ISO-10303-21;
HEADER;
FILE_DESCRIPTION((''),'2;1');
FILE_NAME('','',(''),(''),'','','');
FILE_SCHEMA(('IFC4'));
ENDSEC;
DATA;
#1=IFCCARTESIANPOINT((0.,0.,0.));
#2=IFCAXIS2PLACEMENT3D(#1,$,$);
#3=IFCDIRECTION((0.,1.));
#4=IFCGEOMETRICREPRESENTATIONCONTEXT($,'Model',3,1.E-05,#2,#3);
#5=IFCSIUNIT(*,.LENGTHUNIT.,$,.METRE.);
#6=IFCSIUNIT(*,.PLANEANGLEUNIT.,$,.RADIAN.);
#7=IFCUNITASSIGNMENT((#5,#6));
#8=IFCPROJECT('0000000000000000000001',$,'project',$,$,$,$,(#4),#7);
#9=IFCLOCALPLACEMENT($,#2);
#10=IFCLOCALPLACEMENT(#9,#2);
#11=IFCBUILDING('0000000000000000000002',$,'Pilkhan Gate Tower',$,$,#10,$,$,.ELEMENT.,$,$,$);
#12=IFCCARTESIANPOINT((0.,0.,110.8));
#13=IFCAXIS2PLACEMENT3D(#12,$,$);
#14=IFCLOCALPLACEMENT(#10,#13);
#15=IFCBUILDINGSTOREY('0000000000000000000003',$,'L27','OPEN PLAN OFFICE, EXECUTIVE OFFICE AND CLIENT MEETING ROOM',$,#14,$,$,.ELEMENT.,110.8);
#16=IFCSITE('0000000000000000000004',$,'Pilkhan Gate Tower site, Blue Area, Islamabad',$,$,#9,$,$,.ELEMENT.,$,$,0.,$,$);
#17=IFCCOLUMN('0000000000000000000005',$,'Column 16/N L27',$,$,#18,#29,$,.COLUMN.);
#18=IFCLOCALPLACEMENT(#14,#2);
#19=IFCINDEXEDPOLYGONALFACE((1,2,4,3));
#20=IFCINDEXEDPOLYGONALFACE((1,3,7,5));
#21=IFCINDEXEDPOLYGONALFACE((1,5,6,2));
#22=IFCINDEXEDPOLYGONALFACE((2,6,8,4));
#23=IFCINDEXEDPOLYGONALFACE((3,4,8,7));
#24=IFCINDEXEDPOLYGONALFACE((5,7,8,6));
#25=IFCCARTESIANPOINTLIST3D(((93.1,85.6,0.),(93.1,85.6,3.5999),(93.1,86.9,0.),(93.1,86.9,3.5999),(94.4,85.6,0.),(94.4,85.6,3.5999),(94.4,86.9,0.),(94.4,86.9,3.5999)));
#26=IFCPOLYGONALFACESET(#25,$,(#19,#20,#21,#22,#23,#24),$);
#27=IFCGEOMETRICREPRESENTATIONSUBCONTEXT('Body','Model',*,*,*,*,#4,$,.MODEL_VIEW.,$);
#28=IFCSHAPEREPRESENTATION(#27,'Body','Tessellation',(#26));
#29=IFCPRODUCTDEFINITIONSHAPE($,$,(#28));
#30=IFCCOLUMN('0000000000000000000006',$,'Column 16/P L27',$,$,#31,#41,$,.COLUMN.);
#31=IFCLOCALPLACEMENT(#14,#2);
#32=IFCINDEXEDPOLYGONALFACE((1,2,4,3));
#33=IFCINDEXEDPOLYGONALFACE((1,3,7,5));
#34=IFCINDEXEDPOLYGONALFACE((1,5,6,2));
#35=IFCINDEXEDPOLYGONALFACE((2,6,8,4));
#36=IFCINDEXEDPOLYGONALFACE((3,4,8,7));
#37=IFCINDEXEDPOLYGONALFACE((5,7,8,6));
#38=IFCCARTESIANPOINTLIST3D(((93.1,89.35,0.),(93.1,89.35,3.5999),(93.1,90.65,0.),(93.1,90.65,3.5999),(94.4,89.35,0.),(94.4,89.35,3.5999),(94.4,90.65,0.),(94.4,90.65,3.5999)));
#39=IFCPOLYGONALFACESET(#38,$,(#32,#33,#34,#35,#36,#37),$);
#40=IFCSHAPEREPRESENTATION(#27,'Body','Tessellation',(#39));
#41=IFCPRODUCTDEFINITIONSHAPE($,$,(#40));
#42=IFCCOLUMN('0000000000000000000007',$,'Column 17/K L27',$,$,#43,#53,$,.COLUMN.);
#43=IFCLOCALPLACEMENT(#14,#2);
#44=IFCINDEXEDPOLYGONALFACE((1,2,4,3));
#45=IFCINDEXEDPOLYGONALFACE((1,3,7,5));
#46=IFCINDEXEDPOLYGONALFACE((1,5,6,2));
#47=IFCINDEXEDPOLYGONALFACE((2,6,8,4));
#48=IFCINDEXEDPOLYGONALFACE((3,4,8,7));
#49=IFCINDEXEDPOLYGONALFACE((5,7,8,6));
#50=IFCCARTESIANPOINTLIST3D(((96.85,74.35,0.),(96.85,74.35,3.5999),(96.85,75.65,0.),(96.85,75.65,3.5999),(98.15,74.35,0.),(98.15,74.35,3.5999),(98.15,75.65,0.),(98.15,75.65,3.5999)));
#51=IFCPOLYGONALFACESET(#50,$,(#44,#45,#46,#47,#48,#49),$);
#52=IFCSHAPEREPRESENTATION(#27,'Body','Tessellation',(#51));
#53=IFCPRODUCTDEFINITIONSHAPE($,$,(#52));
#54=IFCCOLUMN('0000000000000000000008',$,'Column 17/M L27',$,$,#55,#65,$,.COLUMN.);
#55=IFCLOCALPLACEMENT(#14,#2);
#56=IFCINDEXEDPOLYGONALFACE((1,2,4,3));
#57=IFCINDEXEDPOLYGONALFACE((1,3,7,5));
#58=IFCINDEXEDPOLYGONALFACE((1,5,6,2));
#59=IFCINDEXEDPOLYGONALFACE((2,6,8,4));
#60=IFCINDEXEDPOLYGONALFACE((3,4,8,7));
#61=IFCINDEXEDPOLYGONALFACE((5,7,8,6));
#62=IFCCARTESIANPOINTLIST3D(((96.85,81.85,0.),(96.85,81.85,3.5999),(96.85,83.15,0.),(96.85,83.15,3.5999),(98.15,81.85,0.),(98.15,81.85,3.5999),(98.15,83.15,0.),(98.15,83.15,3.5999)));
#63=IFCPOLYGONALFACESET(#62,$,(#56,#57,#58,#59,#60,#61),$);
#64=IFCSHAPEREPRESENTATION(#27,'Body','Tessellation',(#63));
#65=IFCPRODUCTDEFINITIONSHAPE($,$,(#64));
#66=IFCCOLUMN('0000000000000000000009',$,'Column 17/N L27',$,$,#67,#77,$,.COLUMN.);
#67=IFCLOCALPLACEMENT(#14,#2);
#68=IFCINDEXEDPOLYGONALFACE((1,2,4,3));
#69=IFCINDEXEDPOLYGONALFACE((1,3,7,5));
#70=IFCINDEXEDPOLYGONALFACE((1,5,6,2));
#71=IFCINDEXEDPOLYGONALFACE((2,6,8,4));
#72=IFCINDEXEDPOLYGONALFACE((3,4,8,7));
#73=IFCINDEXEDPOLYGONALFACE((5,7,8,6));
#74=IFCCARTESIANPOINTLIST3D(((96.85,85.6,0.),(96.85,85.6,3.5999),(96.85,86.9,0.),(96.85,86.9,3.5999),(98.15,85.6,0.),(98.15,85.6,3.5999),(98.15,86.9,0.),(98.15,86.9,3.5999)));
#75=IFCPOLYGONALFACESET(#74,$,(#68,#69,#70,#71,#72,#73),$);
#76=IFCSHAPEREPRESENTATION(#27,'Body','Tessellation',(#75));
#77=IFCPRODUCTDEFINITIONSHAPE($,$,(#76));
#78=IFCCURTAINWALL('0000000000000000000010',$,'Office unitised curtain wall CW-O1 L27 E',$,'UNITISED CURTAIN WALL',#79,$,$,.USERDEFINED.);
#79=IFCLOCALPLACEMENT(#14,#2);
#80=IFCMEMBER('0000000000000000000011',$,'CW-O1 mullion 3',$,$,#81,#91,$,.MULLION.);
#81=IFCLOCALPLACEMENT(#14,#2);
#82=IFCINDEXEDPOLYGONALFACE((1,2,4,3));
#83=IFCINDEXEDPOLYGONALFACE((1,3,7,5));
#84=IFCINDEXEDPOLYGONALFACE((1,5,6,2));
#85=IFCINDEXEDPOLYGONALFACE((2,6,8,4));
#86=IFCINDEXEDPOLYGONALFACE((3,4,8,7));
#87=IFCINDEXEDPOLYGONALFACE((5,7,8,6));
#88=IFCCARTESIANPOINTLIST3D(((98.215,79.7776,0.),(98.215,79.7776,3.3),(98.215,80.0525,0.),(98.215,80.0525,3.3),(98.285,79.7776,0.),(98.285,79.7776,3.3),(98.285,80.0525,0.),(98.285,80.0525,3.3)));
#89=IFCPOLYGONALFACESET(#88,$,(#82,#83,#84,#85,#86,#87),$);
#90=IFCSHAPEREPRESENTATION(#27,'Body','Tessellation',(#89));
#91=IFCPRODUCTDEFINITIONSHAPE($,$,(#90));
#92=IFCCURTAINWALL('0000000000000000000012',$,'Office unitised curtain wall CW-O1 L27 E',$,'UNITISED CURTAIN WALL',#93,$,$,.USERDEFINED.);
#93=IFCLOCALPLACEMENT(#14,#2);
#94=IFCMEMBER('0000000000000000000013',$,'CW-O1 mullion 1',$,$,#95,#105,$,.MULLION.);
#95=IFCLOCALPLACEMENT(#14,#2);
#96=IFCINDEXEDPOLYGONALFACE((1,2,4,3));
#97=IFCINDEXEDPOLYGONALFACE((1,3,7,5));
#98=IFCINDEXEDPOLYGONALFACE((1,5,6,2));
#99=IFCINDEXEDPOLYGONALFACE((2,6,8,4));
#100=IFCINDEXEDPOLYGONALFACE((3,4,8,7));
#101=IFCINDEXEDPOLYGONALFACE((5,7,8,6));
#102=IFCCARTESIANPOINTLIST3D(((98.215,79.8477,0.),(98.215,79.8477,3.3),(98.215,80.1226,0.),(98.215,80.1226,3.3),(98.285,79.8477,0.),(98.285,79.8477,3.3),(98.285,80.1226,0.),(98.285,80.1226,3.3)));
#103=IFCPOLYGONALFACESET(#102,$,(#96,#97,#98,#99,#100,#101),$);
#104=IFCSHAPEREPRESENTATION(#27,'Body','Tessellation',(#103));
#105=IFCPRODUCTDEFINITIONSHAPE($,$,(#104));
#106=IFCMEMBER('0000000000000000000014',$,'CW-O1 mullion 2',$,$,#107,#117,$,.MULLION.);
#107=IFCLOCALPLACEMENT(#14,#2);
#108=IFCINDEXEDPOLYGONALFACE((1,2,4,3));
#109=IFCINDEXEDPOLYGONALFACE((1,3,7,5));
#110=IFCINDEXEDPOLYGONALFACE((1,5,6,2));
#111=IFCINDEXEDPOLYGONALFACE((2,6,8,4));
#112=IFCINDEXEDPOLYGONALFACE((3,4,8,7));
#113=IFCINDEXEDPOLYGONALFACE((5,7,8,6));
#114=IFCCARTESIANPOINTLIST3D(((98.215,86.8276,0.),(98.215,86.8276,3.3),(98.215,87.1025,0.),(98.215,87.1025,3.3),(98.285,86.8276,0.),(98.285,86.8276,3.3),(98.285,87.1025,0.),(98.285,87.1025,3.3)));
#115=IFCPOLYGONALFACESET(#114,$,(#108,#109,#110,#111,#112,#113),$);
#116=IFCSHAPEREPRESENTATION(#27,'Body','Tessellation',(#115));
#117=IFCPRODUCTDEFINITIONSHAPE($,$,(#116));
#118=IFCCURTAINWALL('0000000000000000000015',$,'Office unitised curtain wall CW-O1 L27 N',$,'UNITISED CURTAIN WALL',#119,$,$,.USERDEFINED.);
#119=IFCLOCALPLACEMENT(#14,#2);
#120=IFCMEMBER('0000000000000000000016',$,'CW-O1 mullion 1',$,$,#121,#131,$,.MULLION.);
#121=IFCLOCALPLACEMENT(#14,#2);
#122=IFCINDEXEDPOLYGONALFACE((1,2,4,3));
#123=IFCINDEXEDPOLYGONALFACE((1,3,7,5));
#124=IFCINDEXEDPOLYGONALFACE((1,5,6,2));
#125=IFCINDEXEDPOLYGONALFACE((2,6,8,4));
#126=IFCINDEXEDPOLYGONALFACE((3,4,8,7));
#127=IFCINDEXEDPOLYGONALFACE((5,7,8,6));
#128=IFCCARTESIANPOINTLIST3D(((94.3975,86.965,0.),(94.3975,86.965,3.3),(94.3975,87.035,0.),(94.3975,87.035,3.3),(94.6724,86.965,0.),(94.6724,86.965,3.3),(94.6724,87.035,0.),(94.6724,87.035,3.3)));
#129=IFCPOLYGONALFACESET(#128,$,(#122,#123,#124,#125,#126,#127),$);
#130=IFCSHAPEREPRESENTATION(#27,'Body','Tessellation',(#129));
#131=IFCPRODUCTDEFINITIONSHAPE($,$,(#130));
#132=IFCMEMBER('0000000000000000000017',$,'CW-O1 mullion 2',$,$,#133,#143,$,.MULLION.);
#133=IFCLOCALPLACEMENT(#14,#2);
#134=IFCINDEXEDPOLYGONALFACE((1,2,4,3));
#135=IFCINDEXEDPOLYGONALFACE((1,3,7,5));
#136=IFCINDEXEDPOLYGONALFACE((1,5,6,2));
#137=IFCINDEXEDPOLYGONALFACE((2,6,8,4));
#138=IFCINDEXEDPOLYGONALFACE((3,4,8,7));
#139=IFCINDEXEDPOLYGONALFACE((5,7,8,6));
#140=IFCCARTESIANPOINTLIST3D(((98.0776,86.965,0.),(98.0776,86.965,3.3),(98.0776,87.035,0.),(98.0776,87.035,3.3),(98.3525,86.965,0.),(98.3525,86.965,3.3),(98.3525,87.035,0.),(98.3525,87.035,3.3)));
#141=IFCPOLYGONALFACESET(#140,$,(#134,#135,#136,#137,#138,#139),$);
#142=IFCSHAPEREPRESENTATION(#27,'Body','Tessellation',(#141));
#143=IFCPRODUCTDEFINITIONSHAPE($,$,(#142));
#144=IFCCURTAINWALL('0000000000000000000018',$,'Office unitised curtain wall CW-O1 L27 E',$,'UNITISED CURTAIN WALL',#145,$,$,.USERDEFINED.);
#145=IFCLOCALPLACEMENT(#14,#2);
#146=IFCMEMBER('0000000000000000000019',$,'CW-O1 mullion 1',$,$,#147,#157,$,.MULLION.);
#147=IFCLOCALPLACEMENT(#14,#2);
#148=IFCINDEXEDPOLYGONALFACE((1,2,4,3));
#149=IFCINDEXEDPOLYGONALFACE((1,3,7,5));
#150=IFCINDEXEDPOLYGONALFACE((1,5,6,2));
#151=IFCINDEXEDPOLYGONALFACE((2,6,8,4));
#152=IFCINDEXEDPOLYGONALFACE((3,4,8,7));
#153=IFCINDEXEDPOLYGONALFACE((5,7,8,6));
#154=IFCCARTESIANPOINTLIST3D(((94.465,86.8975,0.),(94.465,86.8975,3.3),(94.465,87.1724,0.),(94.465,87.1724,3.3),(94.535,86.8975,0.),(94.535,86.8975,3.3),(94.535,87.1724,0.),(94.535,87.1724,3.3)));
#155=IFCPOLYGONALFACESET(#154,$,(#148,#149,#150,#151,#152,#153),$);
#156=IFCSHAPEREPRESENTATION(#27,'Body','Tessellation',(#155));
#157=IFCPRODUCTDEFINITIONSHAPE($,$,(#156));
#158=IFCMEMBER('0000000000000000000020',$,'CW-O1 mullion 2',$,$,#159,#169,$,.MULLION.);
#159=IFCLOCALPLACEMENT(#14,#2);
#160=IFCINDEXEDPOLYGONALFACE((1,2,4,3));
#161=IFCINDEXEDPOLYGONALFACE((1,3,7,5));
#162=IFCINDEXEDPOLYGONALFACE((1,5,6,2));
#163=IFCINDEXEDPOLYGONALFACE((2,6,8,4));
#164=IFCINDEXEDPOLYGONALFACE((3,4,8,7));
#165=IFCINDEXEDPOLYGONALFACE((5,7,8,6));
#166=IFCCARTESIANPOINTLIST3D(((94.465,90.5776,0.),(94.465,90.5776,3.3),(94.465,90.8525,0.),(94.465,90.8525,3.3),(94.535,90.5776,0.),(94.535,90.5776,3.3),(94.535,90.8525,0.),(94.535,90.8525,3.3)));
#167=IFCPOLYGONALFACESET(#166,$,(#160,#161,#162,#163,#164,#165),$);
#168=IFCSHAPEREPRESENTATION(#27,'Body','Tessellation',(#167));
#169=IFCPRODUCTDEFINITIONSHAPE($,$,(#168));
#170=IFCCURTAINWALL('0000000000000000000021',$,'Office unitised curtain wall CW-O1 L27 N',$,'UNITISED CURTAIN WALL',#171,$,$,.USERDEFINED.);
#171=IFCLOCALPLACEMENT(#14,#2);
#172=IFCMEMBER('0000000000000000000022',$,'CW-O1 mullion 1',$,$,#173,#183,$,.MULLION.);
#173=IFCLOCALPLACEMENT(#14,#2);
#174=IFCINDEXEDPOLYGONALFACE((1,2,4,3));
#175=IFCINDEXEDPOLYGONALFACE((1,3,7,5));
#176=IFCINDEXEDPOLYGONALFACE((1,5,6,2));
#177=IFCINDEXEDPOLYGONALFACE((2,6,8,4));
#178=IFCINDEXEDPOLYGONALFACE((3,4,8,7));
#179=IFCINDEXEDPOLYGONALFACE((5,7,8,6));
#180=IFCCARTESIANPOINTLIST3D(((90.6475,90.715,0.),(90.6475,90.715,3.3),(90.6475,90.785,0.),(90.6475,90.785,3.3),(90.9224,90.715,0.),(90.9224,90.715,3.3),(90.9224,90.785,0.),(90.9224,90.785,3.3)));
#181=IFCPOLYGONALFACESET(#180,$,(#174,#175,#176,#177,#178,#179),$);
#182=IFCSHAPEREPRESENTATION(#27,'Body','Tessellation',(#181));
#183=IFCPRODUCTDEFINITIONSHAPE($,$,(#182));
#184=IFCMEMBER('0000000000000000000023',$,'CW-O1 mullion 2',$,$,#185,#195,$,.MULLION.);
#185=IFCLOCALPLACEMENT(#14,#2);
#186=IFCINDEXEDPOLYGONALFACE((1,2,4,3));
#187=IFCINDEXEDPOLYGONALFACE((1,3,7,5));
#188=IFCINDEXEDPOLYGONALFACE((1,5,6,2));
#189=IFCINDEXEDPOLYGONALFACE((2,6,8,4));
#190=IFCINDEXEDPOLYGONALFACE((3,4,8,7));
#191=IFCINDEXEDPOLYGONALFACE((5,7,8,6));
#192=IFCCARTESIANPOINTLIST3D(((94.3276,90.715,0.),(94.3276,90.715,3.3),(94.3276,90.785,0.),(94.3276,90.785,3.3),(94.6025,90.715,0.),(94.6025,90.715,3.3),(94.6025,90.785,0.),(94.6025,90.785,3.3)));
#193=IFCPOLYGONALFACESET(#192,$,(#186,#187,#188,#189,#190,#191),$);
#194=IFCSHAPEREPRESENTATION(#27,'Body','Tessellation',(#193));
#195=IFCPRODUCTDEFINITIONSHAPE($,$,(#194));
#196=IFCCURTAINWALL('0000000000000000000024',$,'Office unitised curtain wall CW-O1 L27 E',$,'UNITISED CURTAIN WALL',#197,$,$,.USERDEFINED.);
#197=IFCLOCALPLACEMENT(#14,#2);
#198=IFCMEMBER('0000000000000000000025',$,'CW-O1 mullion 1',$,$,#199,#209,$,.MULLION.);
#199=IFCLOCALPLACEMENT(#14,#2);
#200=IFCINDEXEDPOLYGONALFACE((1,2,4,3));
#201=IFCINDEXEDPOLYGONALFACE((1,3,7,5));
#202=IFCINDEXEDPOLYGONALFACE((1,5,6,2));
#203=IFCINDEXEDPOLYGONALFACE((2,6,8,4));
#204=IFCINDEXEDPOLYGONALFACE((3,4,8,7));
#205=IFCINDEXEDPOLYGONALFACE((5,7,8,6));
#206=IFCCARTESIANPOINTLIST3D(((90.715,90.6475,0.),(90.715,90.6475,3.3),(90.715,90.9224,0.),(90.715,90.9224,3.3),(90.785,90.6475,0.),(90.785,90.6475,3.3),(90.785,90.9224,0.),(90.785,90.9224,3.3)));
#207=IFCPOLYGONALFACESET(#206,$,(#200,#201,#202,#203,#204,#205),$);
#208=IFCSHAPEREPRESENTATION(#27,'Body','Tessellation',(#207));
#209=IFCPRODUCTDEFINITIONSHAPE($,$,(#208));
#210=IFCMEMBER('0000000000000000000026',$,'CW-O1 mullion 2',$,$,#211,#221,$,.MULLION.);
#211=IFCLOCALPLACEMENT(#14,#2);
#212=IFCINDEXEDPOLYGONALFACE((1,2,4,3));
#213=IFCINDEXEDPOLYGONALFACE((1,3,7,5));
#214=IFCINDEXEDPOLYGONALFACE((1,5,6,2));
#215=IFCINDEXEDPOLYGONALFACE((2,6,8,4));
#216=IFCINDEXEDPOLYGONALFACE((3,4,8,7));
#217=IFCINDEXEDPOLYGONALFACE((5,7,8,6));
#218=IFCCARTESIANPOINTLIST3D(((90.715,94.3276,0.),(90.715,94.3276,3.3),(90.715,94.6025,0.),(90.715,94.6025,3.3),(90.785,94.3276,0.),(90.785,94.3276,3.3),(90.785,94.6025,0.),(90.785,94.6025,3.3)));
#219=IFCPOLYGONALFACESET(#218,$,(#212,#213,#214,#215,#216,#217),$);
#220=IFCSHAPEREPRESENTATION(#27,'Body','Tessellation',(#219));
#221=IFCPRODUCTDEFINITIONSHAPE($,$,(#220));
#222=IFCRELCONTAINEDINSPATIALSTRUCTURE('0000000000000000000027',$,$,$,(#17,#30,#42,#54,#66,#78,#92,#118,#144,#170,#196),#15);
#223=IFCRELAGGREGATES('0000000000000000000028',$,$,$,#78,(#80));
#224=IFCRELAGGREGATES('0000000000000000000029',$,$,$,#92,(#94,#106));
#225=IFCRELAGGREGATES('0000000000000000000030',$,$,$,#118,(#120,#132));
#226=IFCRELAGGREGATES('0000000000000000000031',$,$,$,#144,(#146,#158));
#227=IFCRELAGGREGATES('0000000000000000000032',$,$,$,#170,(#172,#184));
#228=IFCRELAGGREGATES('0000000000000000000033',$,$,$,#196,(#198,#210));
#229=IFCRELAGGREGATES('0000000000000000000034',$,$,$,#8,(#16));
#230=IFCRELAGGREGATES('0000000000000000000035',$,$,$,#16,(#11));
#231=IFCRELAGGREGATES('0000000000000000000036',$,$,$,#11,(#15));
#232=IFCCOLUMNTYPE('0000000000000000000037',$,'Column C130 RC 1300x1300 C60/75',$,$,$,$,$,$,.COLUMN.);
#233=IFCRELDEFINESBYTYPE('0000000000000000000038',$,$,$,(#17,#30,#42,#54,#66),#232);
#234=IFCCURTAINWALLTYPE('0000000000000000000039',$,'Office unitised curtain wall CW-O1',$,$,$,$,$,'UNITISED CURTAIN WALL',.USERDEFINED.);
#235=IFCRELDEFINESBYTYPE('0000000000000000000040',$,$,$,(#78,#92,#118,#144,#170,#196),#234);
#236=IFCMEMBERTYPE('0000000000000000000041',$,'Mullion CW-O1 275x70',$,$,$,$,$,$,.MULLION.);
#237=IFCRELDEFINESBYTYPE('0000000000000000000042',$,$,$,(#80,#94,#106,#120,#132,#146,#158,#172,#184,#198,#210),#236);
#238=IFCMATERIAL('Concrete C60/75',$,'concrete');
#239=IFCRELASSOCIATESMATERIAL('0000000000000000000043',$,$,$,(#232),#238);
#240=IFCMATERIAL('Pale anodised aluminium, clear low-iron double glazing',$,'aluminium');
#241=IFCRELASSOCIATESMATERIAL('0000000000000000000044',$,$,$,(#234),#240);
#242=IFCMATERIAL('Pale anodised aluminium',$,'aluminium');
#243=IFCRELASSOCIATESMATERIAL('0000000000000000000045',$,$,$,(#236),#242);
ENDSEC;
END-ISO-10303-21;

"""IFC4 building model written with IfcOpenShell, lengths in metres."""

from ifc_helpers import new_model, si_unit, direction, frame, origin, origin_2d, place, context, subcontext, project, spatial, rectangle, extrude, material, material_profile, profile_set, type_object, element, aggregate, save


model = new_model("IFC4")

# Units and contexts
model_context = context("Model", 3, precision=1e-05, world=origin(), true_north=direction((0.0, 1.0)))
body_context = subcontext(model_context, "Body", "Model", "MODEL_VIEW")
ifc_project = project(units=[si_unit("LENGTHUNIT", "METRE"), si_unit("PLANEANGLEUNIT", "RADIAN")], contexts=[model_context])

# Site, building, storey
site_placement = place(None, origin())
site = spatial("IfcSite", under=ifc_project, at=site_placement, Name="Pilkhan Gate Tower site, Blue Area, Islamabad", CompositionType="ELEMENT", RefElevation=0.0)
building_placement = place(site_placement, origin())
building = spatial("IfcBuilding", under=site, at=building_placement, Name="Pilkhan Gate Tower", CompositionType="ELEMENT")
storey_placement = place(building_placement, frame((0.0, 0.0, 110.8)))
storey = spatial("IfcBuildingStorey", under=building, at=storey_placement, Name="L27", Description="OPEN PLAN OFFICE, EXECUTIVE OFFICE AND CLIENT MEETING ROOM", CompositionType="ELEMENT", Elevation=110.8)

# Columns
ifc_material_1 = material(Name="Concrete C60/75", Category="concrete")
ifc_material_profile_1 = material_profile(ifc_material_1, rectangle(XDim=1.3, YDim=1.3, at=origin_2d()), Name="RC 1300x1300")
ifc_profile_set_1 = profile_set([ifc_material_profile_1], Name="Concrete C60/75")
column_type = type_object("IfcColumnType", Name="Column C130 RC 1300x1300 C60/75", PredefinedType="COLUMN", material=ifc_profile_set_1)
for number, where, z_axis, x_axis, name in (
    (1, (93.75, 86.25, 0.0), (0.0, 0.0, 1.0), (1.0, 0.0, 0.0), "Column 16/N L27"),
    (2, (93.75, 90.0, 0.0), (0.0, 0.0, 1.0), (1.0, 0.0, 0.0), "Column 16/P L27"),
    (3, (97.5, 75.0, 0.0), (0.0, 0.0, 1.0), (1.0, 0.0, 0.0), "Column 17/K L27"),
    (4, (97.5, 82.5, 0.0), (0.0, 0.0, 1.0), (1.0, 0.0, 0.0), "Column 17/M L27"),
    (5, (97.5, 86.25, 0.0), (0.0, 0.0, 1.0), (1.0, 0.0, 0.0), "Column 17/N L27"),
):
    element("IfcColumn", number, at=place(storey_placement, frame(where, z_axis=z_axis, x_axis=x_axis)), inside=storey, type_object=column_type, Name=name, PredefinedType="COLUMN", context=body_context, shape_type="SweptSolid", body=[
        extrude(rectangle(XDim=1.3, YDim=1.3, at=origin_2d()), origin(), (0.0, 0.0, 1.0), 3.5999),
    ])

# Curtain wall, member
ifc_material_2 = material(Name="Pale anodised aluminium, clear low-iron double glazing", Category="aluminium")
curtain_wall_type = type_object("IfcCurtainWallType", Name="Office unitised curtain wall CW-O1", ElementType="UNITISED CURTAIN WALL", PredefinedType="USERDEFINED", material=ifc_material_2)
curtain_wall_1_placement = place(storey_placement, origin())
curtain_wall_1 = element("IfcCurtainWall", 6, at=curtain_wall_1_placement, inside=storey, type_object=curtain_wall_type, Name="Office unitised curtain wall CW-O1 L27 E", ObjectType="UNITISED CURTAIN WALL", PredefinedType="USERDEFINED")
ifc_material_3 = material(Name="Pale anodised aluminium", Category="aluminium")
ifc_material_profile_2 = material_profile(ifc_material_3, rectangle(XDim=0.0701, YDim=0.2749, at=origin_2d()), Name="Mullion 275x70")
ifc_profile_set_2 = profile_set([ifc_material_profile_2], Name="Pale anodised aluminium")
member_type_1 = type_object("IfcMemberType", Name="Mullion CW-O1 275x70", PredefinedType="MULLION", material=ifc_profile_set_2)
member_1_placement = place(storey_placement, frame((98.25, 79.915, 0.0), z_axis=(0.0, 0.0, 1.0), x_axis=(-1.0, 0.0, 0.0)))
member_1 = element("IfcMember", 7, at=member_1_placement, type_object=member_type_1, Name="CW-O1 mullion 3", PredefinedType="MULLION", context=body_context, shape_type="SweptSolid", body=[
    extrude(rectangle(XDim=0.0701, YDim=0.2749, at=origin_2d()), origin(), (0.0, 0.0, 1.0), 3.3),
])

# Curtain walls, members
curtain_wall_2_placement = place(storey_placement, origin())
curtain_wall_2 = element("IfcCurtainWall", 8, at=curtain_wall_2_placement, inside=storey, type_object=curtain_wall_type, Name="Office unitised curtain wall CW-O1 L27 E", ObjectType="UNITISED CURTAIN WALL", PredefinedType="USERDEFINED")
member_2_placement = place(storey_placement, frame((98.25, 79.9851, 0.0), z_axis=(0.0, 0.0, 1.0), x_axis=(-1.0, 0.0, 0.0)))
member_2 = element("IfcMember", 9, at=member_2_placement, type_object=member_type_1, Name="CW-O1 mullion 1", PredefinedType="MULLION", context=body_context, shape_type="SweptSolid", body=[
    extrude(rectangle(XDim=0.0701, YDim=0.2749, at=origin_2d()), origin(), (0.0, 0.0, 1.0), 3.3),
])
member_3_placement = place(storey_placement, frame((98.25, 86.9651, 0.0), z_axis=(0.0, 0.0, 1.0), x_axis=(-1.0, 0.0, 0.0)))
member_3 = element("IfcMember", 10, at=member_3_placement, type_object=member_type_1, Name="CW-O1 mullion 2", PredefinedType="MULLION", context=body_context, shape_type="SweptSolid", body=[
    extrude(rectangle(XDim=0.0701, YDim=0.2749, at=origin_2d()), origin(), (0.0, 0.0, 1.0), 3.3),
])
curtain_wall_3_placement = place(storey_placement, origin())
curtain_wall_3 = element("IfcCurtainWall", 11, at=curtain_wall_3_placement, inside=storey, type_object=curtain_wall_type, Name="Office unitised curtain wall CW-O1 L27 N", ObjectType="UNITISED CURTAIN WALL", PredefinedType="USERDEFINED")
member_4_placement = place(storey_placement, frame((94.5349, 87.0, 0.0), z_axis=(0.0, 0.0, 1.0), x_axis=(0.0, 1.0, 0.0)))
member_4 = element("IfcMember", 12, at=member_4_placement, type_object=member_type_1, Name="CW-O1 mullion 1", PredefinedType="MULLION", context=body_context, shape_type="SweptSolid", body=[
    extrude(rectangle(XDim=0.0701, YDim=0.2749, at=origin_2d()), origin(), (0.0, 0.0, 1.0), 3.3),
])
member_5_placement = place(storey_placement, frame((98.2151, 87.0, 0.0), z_axis=(0.0, 0.0, 1.0), x_axis=(0.0, 1.0, 0.0)))
member_5 = element("IfcMember", 13, at=member_5_placement, type_object=member_type_1, Name="CW-O1 mullion 2", PredefinedType="MULLION", context=body_context, shape_type="SweptSolid", body=[
    extrude(rectangle(XDim=0.0701, YDim=0.2749, at=origin_2d()), origin(), (0.0, 0.0, 1.0), 3.3),
])
curtain_wall_4_placement = place(storey_placement, origin())
curtain_wall_4 = element("IfcCurtainWall", 14, at=curtain_wall_4_placement, inside=storey, type_object=curtain_wall_type, Name="Office unitised curtain wall CW-O1 L27 E", ObjectType="UNITISED CURTAIN WALL", PredefinedType="USERDEFINED")
member_6_placement = place(storey_placement, frame((94.5, 87.0349, 0.0), z_axis=(0.0, 0.0, 1.0), x_axis=(-1.0, 0.0, 0.0)))
member_6 = element("IfcMember", 15, at=member_6_placement, type_object=member_type_1, Name="CW-O1 mullion 1", PredefinedType="MULLION", context=body_context, shape_type="SweptSolid", body=[
    extrude(rectangle(XDim=0.0701, YDim=0.2749, at=origin_2d()), origin(), (0.0, 0.0, 1.0), 3.3),
])
member_7_placement = place(storey_placement, frame((94.5, 90.7151, 0.0), z_axis=(0.0, 0.0, 1.0), x_axis=(-1.0, 0.0, 0.0)))
member_7 = element("IfcMember", 16, at=member_7_placement, type_object=member_type_1, Name="CW-O1 mullion 2", PredefinedType="MULLION", context=body_context, shape_type="SweptSolid", body=[
    extrude(rectangle(XDim=0.0701, YDim=0.2749, at=origin_2d()), origin(), (0.0, 0.0, 1.0), 3.3),
])
curtain_wall_5_placement = place(storey_placement, origin())
curtain_wall_5 = element("IfcCurtainWall", 17, at=curtain_wall_5_placement, inside=storey, type_object=curtain_wall_type, Name="Office unitised curtain wall CW-O1 L27 N", ObjectType="UNITISED CURTAIN WALL", PredefinedType="USERDEFINED")
member_8_placement = place(storey_placement, frame((90.7849, 90.75, 0.0), z_axis=(0.0, 0.0, 1.0), x_axis=(0.0, 1.0, 0.0)))
member_8 = element("IfcMember", 18, at=member_8_placement, type_object=member_type_1, Name="CW-O1 mullion 1", PredefinedType="MULLION", context=body_context, shape_type="SweptSolid", body=[
    extrude(rectangle(XDim=0.0701, YDim=0.2749, at=origin_2d()), origin(), (0.0, 0.0, 1.0), 3.3),
])
member_9_placement = place(storey_placement, frame((94.4651, 90.75, 0.0), z_axis=(0.0, 0.0, 1.0), x_axis=(0.0, 1.0, 0.0)))
member_9 = element("IfcMember", 19, at=member_9_placement, type_object=member_type_1, Name="CW-O1 mullion 2", PredefinedType="MULLION", context=body_context, shape_type="SweptSolid", body=[
    extrude(rectangle(XDim=0.0701, YDim=0.2749, at=origin_2d()), origin(), (0.0, 0.0, 1.0), 3.3),
])
curtain_wall_6_placement = place(storey_placement, origin())
curtain_wall_6 = element("IfcCurtainWall", 20, at=curtain_wall_6_placement, inside=storey, type_object=curtain_wall_type, Name="Office unitised curtain wall CW-O1 L27 E", ObjectType="UNITISED CURTAIN WALL", PredefinedType="USERDEFINED")
member_10_placement = place(storey_placement, frame((90.75, 90.7849, 0.0), z_axis=(0.0, 0.0, 1.0), x_axis=(-1.0, 0.0, 0.0)))
member_10 = element("IfcMember", 21, at=member_10_placement, type_object=member_type_1, Name="CW-O1 mullion 1", PredefinedType="MULLION", context=body_context, shape_type="SweptSolid", body=[
    extrude(rectangle(XDim=0.0701, YDim=0.2749, at=origin_2d()), origin(), (0.0, 0.0, 1.0), 3.3),
])
member_11_placement = place(storey_placement, frame((90.75, 94.4651, 0.0), z_axis=(0.0, 0.0, 1.0), x_axis=(-1.0, 0.0, 0.0)))
member_11 = element("IfcMember", 22, at=member_11_placement, type_object=member_type_1, Name="CW-O1 mullion 2", PredefinedType="MULLION", context=body_context, shape_type="SweptSolid", body=[
    extrude(rectangle(XDim=0.0701, YDim=0.2749, at=origin_2d()), origin(), (0.0, 0.0, 1.0), 3.3),
])

aggregate(curtain_wall_1, [member_1])
aggregate(curtain_wall_2, [member_2, member_3])
aggregate(curtain_wall_3, [member_4, member_5])
aggregate(curtain_wall_4, [member_6, member_7])
aggregate(curtain_wall_5, [member_8, member_9])
aggregate(curtain_wall_6, [member_10, member_11])

save(model, "model.ifc")
